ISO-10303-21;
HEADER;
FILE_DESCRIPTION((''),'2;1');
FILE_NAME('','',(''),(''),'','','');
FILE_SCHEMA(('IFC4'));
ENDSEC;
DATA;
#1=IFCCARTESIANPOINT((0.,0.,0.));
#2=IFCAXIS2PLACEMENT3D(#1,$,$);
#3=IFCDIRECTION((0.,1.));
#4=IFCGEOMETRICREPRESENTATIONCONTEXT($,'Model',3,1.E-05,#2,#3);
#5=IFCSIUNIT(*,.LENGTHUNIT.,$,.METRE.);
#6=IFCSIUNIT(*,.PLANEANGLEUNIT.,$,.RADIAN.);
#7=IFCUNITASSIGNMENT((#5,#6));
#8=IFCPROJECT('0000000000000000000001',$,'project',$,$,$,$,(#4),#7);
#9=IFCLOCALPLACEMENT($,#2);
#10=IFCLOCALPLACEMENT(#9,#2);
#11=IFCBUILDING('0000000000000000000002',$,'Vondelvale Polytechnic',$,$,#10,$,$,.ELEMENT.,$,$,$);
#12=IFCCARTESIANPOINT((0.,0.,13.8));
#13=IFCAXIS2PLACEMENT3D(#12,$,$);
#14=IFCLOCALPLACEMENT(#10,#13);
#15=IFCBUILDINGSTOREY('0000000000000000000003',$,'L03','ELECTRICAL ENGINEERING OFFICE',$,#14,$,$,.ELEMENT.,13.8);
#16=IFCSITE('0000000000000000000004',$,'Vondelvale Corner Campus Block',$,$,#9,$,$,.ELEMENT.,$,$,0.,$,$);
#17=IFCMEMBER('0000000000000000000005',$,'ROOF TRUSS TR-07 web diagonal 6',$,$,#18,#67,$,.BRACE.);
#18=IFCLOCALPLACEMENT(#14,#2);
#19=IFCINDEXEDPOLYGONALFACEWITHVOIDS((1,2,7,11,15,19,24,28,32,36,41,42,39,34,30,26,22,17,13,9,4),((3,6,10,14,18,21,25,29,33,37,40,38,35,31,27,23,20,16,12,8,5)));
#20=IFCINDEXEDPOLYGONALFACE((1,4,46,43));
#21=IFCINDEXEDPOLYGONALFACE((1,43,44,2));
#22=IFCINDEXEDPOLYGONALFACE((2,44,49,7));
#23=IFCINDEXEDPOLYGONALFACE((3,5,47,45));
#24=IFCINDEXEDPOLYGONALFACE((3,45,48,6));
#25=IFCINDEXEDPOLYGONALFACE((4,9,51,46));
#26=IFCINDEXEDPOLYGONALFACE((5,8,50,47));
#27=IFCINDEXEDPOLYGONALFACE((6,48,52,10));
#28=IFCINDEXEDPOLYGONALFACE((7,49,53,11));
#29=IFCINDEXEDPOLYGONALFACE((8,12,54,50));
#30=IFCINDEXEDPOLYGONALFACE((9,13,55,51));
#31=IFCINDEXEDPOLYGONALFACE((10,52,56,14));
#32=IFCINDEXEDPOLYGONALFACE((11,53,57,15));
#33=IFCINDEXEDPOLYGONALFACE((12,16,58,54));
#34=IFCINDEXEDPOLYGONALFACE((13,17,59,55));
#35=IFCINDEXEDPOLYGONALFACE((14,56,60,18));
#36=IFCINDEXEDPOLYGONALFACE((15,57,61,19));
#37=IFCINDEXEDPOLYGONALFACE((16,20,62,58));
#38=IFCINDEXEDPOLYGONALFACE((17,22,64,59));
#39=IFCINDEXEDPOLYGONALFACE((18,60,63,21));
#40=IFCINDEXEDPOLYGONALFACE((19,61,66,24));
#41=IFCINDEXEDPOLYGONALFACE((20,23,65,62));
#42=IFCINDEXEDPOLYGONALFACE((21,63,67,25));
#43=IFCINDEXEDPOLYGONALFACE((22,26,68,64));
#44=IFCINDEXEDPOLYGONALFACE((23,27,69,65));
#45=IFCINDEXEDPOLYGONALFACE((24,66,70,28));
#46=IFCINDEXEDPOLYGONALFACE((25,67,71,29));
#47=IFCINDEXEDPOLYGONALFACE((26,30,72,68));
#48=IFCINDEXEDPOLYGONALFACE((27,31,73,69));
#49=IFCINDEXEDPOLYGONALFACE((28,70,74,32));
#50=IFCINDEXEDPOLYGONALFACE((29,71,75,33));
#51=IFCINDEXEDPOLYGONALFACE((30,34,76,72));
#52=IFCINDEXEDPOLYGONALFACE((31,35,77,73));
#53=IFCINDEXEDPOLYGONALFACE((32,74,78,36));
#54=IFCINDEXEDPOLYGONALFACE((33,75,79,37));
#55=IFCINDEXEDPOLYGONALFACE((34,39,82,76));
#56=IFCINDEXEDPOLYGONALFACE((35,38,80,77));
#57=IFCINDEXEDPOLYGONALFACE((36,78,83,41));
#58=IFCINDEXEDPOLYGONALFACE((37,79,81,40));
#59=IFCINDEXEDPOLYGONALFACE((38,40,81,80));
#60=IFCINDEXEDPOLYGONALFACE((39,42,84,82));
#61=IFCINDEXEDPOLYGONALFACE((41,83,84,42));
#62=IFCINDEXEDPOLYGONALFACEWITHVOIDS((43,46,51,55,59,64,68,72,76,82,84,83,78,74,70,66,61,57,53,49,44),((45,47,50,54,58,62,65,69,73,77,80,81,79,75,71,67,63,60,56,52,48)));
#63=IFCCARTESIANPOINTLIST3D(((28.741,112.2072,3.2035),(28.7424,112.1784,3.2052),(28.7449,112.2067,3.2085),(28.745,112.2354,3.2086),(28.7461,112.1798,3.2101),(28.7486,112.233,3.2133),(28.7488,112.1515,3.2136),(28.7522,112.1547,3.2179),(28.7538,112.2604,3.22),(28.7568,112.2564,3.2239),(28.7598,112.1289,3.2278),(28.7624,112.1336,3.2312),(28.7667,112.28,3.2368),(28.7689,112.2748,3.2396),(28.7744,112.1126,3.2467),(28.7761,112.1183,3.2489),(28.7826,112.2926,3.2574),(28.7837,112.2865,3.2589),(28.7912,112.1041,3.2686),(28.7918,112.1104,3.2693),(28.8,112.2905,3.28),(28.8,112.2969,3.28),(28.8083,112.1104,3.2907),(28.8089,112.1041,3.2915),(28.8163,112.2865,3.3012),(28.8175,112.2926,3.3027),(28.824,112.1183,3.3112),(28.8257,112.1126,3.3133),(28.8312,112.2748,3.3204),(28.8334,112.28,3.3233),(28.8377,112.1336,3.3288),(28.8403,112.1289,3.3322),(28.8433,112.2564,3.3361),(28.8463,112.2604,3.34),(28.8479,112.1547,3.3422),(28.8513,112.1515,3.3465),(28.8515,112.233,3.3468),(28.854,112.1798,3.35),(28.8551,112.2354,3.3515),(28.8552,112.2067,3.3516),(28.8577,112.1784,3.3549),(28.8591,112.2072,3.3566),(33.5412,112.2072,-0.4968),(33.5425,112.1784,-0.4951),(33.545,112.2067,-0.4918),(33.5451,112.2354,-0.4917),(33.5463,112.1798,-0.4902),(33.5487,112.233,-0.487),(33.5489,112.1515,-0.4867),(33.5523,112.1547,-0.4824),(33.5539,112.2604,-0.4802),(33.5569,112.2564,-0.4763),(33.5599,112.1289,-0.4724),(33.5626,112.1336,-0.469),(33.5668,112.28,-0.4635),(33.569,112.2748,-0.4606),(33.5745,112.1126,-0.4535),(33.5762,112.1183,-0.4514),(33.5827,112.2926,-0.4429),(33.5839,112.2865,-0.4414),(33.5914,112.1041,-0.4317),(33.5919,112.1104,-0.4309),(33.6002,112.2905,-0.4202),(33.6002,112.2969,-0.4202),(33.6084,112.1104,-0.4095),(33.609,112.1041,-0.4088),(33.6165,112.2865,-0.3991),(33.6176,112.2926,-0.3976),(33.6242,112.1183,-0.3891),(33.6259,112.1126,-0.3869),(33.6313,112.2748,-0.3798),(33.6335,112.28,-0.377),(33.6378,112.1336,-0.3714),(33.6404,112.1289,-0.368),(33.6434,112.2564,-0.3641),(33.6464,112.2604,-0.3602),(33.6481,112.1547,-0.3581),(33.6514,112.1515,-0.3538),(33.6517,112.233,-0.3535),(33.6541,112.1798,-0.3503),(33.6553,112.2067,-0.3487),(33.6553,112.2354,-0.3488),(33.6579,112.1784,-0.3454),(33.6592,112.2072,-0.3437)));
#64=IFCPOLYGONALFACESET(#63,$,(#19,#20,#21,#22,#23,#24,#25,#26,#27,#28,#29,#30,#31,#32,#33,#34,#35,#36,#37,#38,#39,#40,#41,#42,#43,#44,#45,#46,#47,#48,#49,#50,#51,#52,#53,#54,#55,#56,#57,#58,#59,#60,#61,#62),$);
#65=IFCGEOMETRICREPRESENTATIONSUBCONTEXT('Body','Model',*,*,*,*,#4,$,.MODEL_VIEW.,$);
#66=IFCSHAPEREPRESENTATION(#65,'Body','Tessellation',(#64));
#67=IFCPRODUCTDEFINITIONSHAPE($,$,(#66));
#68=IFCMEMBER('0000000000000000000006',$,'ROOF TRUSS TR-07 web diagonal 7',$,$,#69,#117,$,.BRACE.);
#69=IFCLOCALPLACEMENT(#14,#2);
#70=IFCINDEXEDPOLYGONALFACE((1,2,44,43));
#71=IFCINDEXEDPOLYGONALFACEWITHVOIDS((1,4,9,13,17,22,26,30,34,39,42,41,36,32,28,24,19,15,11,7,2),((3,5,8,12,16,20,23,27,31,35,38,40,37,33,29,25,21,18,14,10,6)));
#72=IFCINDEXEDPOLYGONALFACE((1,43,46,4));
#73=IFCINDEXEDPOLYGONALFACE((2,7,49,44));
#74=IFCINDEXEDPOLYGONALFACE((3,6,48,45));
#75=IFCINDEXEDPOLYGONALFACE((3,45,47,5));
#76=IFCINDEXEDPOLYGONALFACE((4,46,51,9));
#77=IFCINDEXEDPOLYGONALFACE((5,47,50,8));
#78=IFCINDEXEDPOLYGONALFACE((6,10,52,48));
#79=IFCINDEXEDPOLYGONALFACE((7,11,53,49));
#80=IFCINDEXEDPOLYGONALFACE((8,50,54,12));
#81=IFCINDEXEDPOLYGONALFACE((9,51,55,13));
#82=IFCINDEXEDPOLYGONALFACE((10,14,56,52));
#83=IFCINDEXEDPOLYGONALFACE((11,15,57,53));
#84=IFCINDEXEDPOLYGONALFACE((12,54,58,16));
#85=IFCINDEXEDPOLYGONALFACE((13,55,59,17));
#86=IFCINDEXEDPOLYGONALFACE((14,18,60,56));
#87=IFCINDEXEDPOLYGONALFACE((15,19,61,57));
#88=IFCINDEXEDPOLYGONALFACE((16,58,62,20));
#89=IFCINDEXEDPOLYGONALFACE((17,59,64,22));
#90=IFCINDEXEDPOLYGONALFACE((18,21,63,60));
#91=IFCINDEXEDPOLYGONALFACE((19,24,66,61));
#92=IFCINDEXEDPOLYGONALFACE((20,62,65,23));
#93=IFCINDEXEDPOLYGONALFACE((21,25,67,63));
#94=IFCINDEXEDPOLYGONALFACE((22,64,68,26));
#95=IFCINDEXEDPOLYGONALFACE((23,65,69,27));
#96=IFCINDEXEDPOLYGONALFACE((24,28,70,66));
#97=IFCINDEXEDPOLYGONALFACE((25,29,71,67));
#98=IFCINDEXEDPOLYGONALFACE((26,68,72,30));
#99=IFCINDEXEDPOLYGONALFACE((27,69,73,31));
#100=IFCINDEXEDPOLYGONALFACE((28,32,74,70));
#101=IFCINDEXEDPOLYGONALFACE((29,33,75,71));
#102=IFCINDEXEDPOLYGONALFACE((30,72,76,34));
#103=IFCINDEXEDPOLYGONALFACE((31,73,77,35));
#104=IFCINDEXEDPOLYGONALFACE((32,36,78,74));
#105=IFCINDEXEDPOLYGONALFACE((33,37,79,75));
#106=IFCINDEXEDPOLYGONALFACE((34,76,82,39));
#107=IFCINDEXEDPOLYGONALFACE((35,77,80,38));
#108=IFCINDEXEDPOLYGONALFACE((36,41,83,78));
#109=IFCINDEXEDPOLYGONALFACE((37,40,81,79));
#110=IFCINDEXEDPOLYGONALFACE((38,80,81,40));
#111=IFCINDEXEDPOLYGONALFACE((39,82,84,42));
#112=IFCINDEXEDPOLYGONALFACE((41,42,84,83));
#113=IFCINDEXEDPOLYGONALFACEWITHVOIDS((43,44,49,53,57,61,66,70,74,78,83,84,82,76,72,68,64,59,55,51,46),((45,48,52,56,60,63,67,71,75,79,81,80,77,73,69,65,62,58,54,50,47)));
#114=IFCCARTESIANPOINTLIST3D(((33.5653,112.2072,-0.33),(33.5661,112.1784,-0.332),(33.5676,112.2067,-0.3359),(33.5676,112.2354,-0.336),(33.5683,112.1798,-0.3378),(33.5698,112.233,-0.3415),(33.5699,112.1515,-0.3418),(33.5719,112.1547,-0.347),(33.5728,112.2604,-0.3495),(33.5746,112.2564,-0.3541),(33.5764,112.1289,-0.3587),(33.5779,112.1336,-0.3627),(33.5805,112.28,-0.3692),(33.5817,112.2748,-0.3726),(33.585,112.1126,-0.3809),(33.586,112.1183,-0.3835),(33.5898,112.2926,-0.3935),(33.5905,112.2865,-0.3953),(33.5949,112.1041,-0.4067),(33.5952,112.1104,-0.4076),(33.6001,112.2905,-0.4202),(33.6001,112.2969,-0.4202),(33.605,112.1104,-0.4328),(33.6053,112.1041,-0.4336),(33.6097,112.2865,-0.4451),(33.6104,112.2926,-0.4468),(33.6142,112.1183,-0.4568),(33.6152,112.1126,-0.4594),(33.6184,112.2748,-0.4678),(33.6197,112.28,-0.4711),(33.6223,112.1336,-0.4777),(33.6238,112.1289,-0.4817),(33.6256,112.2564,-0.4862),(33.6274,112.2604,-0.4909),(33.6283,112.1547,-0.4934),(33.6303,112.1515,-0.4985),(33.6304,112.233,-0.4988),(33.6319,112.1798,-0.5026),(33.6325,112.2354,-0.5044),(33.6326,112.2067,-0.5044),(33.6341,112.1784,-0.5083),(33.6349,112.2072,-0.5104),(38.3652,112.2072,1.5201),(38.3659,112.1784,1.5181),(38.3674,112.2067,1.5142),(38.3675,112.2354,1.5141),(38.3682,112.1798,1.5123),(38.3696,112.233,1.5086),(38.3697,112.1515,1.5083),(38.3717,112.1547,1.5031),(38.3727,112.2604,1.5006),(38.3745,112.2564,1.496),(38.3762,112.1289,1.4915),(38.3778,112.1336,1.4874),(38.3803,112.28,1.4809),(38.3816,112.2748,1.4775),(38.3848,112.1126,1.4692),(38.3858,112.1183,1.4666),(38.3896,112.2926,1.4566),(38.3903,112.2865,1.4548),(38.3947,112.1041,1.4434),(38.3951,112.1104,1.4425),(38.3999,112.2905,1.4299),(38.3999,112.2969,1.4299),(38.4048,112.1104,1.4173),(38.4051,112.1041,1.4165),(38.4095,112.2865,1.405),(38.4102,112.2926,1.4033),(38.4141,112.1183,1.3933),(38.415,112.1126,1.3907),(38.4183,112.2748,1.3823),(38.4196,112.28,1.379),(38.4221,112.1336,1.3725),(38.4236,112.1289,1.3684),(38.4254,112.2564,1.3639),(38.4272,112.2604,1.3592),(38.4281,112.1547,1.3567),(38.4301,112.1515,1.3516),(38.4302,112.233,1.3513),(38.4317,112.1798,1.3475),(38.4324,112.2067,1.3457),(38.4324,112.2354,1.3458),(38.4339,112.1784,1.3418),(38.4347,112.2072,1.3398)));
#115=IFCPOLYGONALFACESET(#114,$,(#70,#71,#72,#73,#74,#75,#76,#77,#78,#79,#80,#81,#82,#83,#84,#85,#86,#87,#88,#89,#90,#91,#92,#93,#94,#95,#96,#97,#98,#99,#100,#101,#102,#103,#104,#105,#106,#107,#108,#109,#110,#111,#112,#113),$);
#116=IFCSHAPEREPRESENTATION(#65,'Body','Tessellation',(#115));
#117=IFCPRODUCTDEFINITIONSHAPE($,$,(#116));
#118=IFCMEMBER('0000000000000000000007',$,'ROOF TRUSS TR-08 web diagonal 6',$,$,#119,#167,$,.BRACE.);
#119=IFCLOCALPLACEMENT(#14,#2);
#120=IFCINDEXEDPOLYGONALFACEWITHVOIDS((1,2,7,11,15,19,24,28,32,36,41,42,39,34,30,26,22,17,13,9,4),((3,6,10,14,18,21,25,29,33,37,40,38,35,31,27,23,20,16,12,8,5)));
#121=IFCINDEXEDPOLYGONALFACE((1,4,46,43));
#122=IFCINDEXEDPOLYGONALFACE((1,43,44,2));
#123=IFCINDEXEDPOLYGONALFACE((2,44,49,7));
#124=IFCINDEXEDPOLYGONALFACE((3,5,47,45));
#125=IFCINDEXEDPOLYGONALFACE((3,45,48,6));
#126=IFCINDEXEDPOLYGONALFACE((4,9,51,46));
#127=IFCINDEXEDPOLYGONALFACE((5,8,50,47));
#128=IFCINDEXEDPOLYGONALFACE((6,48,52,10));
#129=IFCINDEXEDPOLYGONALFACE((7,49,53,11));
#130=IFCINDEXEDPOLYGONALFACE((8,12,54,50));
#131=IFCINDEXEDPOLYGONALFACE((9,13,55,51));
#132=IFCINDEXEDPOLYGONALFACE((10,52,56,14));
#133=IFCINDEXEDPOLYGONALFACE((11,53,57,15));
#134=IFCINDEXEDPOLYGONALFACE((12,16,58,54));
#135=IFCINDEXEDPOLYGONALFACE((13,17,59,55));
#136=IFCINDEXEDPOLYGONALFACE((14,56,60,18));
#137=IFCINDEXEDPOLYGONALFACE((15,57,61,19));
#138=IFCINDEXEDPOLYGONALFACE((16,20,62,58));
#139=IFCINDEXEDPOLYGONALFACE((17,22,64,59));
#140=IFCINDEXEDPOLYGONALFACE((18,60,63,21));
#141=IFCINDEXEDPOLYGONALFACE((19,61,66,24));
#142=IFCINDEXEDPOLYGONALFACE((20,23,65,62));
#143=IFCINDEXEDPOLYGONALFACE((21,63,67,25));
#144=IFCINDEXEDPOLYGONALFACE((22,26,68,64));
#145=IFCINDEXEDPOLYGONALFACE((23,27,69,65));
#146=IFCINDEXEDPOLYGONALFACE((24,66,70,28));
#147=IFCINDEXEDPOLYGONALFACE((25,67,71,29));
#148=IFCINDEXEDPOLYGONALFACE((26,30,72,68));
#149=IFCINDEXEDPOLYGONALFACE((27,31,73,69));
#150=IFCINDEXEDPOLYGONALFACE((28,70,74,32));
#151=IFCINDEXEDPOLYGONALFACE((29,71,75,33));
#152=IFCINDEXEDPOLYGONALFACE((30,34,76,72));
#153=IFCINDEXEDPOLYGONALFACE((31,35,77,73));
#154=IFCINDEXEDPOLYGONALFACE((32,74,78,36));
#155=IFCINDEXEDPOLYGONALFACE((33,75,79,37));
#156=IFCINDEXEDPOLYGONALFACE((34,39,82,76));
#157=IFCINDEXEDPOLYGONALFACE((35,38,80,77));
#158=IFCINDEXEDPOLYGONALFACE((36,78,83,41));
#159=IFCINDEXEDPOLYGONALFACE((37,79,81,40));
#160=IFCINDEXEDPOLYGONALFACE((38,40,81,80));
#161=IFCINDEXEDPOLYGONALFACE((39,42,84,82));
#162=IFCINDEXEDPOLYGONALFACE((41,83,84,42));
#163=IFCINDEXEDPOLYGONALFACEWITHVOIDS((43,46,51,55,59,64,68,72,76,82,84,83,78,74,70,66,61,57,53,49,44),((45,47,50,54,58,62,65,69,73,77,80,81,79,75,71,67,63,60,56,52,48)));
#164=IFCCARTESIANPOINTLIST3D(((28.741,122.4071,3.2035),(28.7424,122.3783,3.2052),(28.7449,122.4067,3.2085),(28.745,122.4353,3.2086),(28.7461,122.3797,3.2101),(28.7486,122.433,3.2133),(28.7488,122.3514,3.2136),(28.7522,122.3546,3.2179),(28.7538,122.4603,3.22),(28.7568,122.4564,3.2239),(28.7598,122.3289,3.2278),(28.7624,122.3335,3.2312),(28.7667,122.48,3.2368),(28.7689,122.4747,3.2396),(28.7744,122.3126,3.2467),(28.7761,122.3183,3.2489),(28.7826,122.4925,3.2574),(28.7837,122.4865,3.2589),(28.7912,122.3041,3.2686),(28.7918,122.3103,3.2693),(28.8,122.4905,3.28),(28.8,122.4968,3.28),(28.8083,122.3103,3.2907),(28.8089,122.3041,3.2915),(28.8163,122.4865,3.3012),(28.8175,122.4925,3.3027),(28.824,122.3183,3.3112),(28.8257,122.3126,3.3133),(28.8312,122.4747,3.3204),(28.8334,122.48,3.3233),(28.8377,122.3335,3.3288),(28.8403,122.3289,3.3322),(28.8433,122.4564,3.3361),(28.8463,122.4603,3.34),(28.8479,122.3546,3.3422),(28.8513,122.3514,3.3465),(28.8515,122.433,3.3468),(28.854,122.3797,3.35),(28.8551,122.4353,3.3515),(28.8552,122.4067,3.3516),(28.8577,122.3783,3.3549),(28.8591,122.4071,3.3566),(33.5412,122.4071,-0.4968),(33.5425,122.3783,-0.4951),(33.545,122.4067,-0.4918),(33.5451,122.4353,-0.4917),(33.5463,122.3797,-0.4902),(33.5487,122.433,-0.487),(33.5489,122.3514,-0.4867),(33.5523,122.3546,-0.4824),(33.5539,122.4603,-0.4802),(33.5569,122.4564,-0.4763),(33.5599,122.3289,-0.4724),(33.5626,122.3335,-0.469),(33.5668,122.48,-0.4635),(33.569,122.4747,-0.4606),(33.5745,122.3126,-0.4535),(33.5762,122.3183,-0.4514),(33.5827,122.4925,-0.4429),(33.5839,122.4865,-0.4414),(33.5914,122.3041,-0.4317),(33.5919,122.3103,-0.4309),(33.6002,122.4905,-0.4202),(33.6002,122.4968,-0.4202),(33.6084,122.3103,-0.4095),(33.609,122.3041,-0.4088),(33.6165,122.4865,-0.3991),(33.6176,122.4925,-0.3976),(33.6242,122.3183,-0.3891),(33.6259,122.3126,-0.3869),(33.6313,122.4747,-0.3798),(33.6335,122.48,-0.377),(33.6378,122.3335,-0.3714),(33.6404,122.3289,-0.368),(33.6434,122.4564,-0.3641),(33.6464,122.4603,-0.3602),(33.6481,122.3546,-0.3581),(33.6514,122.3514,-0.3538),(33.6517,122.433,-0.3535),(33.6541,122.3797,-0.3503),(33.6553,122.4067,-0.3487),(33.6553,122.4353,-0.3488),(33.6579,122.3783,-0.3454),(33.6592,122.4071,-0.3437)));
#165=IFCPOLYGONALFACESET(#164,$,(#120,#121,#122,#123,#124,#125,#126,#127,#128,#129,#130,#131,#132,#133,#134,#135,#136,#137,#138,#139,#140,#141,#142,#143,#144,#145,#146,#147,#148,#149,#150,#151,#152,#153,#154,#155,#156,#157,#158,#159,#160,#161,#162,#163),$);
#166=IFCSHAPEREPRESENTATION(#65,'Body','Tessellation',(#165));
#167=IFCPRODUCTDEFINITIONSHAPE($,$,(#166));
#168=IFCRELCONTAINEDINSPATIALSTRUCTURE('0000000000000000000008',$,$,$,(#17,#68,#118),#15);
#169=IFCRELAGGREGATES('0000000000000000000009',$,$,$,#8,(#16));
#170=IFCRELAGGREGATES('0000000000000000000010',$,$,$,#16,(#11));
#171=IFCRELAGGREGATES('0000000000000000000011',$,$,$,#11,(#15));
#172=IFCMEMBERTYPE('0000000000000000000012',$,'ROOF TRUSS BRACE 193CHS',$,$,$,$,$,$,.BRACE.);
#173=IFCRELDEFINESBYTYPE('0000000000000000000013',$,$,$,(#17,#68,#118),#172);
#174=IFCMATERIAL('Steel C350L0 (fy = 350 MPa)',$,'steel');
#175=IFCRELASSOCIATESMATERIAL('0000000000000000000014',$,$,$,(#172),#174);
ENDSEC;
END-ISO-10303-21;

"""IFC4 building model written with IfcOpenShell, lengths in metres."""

from ifc_helpers import new_model, si_unit, direction, frame, origin, origin_2d, place, context, subcontext, project, spatial, hollow_circle, extrude, material, material_profile, profile_set, type_object, element, save


model = new_model("IFC4")

# Units and contexts
model_context = context("Model", 3, precision=1e-05, world=origin(), true_north=direction((0.0, 1.0)))
body_context = subcontext(model_context, "Body", "Model", "MODEL_VIEW")
ifc_project = project(units=[si_unit("LENGTHUNIT", "METRE"), si_unit("PLANEANGLEUNIT", "RADIAN")], contexts=[model_context])

# Site, building, storey
site_placement = place(None, origin())
site = spatial("IfcSite", under=ifc_project, at=site_placement, Name="Vondelvale Corner Campus Block", CompositionType="ELEMENT", RefElevation=0.0)
building_placement = place(site_placement, origin())
building = spatial("IfcBuilding", under=site, at=building_placement, Name="Vondelvale Polytechnic", CompositionType="ELEMENT")
storey_placement = place(building_placement, frame((0.0, 0.0, 13.8)))
storey = spatial("IfcBuildingStorey", under=building, at=storey_placement, Name="L03", Description="ELECTRICAL ENGINEERING OFFICE", CompositionType="ELEMENT", Elevation=13.8)

# Members
ifc_material_1 = material(Name="Steel C350L0 (fy = 350 MPa)", Category="steel")
ifc_material_profile_1 = material_profile(ifc_material_1, hollow_circle(Radius=0.0969, WallThickness=0.0063, at=origin_2d()), Name="193.7x6.4CHS")
ifc_profile_set_1 = profile_set([ifc_material_profile_1], Name="Steel C350L0 (fy = 350 MPa)")
member_type_1 = type_object("IfcMemberType", Name="ROOF TRUSS BRACE 193CHS", PredefinedType="BRACE", material=ifc_profile_set_1)
member_1_placement = place(storey_placement, frame((28.8, 112.2, 3.28), z_axis=(0.791998, 0.0, -0.610524), x_axis=(0.0, 1.0, 0.0)))
element("IfcMember", 1, at=member_1_placement, inside=storey, type_object=member_type_1, Name="ROOF TRUSS TR-07 web diagonal 6", PredefinedType="BRACE", context=body_context, shape_type="SweptSolid", body=[
    extrude(hollow_circle(Radius=0.0969, WallThickness=0.0063, at=origin_2d()), origin(), (0.0, 0.0, 1.0), 6.0608),
])
member_2_placement = place(storey_placement, frame((33.6001, 112.2, -0.4202), z_axis=(0.933084, 0.0, 0.35966), x_axis=(0.0, 1.0, 0.0)))
element("IfcMember", 2, at=member_2_placement, inside=storey, type_object=member_type_1, Name="ROOF TRUSS TR-07 web diagonal 7", PredefinedType="BRACE", context=body_context, shape_type="SweptSolid", body=[
    extrude(hollow_circle(Radius=0.0969, WallThickness=0.0063, at=origin_2d()), origin(), (0.0, 0.0, 1.0), 5.144),
])
member_3_placement = place(storey_placement, frame((28.8, 122.3999, 3.28), z_axis=(0.791998, 0.0, -0.610524), x_axis=(0.0, 1.0, 0.0)))
element("IfcMember", 3, at=member_3_placement, inside=storey, type_object=member_type_1, Name="ROOF TRUSS TR-08 web diagonal 6", PredefinedType="BRACE", context=body_context, shape_type="SweptSolid", body=[
    extrude(hollow_circle(Radius=0.0969, WallThickness=0.0063, at=origin_2d()), origin(), (0.0, 0.0, 1.0), 6.0608),
])

save(model, "model.ifc")
